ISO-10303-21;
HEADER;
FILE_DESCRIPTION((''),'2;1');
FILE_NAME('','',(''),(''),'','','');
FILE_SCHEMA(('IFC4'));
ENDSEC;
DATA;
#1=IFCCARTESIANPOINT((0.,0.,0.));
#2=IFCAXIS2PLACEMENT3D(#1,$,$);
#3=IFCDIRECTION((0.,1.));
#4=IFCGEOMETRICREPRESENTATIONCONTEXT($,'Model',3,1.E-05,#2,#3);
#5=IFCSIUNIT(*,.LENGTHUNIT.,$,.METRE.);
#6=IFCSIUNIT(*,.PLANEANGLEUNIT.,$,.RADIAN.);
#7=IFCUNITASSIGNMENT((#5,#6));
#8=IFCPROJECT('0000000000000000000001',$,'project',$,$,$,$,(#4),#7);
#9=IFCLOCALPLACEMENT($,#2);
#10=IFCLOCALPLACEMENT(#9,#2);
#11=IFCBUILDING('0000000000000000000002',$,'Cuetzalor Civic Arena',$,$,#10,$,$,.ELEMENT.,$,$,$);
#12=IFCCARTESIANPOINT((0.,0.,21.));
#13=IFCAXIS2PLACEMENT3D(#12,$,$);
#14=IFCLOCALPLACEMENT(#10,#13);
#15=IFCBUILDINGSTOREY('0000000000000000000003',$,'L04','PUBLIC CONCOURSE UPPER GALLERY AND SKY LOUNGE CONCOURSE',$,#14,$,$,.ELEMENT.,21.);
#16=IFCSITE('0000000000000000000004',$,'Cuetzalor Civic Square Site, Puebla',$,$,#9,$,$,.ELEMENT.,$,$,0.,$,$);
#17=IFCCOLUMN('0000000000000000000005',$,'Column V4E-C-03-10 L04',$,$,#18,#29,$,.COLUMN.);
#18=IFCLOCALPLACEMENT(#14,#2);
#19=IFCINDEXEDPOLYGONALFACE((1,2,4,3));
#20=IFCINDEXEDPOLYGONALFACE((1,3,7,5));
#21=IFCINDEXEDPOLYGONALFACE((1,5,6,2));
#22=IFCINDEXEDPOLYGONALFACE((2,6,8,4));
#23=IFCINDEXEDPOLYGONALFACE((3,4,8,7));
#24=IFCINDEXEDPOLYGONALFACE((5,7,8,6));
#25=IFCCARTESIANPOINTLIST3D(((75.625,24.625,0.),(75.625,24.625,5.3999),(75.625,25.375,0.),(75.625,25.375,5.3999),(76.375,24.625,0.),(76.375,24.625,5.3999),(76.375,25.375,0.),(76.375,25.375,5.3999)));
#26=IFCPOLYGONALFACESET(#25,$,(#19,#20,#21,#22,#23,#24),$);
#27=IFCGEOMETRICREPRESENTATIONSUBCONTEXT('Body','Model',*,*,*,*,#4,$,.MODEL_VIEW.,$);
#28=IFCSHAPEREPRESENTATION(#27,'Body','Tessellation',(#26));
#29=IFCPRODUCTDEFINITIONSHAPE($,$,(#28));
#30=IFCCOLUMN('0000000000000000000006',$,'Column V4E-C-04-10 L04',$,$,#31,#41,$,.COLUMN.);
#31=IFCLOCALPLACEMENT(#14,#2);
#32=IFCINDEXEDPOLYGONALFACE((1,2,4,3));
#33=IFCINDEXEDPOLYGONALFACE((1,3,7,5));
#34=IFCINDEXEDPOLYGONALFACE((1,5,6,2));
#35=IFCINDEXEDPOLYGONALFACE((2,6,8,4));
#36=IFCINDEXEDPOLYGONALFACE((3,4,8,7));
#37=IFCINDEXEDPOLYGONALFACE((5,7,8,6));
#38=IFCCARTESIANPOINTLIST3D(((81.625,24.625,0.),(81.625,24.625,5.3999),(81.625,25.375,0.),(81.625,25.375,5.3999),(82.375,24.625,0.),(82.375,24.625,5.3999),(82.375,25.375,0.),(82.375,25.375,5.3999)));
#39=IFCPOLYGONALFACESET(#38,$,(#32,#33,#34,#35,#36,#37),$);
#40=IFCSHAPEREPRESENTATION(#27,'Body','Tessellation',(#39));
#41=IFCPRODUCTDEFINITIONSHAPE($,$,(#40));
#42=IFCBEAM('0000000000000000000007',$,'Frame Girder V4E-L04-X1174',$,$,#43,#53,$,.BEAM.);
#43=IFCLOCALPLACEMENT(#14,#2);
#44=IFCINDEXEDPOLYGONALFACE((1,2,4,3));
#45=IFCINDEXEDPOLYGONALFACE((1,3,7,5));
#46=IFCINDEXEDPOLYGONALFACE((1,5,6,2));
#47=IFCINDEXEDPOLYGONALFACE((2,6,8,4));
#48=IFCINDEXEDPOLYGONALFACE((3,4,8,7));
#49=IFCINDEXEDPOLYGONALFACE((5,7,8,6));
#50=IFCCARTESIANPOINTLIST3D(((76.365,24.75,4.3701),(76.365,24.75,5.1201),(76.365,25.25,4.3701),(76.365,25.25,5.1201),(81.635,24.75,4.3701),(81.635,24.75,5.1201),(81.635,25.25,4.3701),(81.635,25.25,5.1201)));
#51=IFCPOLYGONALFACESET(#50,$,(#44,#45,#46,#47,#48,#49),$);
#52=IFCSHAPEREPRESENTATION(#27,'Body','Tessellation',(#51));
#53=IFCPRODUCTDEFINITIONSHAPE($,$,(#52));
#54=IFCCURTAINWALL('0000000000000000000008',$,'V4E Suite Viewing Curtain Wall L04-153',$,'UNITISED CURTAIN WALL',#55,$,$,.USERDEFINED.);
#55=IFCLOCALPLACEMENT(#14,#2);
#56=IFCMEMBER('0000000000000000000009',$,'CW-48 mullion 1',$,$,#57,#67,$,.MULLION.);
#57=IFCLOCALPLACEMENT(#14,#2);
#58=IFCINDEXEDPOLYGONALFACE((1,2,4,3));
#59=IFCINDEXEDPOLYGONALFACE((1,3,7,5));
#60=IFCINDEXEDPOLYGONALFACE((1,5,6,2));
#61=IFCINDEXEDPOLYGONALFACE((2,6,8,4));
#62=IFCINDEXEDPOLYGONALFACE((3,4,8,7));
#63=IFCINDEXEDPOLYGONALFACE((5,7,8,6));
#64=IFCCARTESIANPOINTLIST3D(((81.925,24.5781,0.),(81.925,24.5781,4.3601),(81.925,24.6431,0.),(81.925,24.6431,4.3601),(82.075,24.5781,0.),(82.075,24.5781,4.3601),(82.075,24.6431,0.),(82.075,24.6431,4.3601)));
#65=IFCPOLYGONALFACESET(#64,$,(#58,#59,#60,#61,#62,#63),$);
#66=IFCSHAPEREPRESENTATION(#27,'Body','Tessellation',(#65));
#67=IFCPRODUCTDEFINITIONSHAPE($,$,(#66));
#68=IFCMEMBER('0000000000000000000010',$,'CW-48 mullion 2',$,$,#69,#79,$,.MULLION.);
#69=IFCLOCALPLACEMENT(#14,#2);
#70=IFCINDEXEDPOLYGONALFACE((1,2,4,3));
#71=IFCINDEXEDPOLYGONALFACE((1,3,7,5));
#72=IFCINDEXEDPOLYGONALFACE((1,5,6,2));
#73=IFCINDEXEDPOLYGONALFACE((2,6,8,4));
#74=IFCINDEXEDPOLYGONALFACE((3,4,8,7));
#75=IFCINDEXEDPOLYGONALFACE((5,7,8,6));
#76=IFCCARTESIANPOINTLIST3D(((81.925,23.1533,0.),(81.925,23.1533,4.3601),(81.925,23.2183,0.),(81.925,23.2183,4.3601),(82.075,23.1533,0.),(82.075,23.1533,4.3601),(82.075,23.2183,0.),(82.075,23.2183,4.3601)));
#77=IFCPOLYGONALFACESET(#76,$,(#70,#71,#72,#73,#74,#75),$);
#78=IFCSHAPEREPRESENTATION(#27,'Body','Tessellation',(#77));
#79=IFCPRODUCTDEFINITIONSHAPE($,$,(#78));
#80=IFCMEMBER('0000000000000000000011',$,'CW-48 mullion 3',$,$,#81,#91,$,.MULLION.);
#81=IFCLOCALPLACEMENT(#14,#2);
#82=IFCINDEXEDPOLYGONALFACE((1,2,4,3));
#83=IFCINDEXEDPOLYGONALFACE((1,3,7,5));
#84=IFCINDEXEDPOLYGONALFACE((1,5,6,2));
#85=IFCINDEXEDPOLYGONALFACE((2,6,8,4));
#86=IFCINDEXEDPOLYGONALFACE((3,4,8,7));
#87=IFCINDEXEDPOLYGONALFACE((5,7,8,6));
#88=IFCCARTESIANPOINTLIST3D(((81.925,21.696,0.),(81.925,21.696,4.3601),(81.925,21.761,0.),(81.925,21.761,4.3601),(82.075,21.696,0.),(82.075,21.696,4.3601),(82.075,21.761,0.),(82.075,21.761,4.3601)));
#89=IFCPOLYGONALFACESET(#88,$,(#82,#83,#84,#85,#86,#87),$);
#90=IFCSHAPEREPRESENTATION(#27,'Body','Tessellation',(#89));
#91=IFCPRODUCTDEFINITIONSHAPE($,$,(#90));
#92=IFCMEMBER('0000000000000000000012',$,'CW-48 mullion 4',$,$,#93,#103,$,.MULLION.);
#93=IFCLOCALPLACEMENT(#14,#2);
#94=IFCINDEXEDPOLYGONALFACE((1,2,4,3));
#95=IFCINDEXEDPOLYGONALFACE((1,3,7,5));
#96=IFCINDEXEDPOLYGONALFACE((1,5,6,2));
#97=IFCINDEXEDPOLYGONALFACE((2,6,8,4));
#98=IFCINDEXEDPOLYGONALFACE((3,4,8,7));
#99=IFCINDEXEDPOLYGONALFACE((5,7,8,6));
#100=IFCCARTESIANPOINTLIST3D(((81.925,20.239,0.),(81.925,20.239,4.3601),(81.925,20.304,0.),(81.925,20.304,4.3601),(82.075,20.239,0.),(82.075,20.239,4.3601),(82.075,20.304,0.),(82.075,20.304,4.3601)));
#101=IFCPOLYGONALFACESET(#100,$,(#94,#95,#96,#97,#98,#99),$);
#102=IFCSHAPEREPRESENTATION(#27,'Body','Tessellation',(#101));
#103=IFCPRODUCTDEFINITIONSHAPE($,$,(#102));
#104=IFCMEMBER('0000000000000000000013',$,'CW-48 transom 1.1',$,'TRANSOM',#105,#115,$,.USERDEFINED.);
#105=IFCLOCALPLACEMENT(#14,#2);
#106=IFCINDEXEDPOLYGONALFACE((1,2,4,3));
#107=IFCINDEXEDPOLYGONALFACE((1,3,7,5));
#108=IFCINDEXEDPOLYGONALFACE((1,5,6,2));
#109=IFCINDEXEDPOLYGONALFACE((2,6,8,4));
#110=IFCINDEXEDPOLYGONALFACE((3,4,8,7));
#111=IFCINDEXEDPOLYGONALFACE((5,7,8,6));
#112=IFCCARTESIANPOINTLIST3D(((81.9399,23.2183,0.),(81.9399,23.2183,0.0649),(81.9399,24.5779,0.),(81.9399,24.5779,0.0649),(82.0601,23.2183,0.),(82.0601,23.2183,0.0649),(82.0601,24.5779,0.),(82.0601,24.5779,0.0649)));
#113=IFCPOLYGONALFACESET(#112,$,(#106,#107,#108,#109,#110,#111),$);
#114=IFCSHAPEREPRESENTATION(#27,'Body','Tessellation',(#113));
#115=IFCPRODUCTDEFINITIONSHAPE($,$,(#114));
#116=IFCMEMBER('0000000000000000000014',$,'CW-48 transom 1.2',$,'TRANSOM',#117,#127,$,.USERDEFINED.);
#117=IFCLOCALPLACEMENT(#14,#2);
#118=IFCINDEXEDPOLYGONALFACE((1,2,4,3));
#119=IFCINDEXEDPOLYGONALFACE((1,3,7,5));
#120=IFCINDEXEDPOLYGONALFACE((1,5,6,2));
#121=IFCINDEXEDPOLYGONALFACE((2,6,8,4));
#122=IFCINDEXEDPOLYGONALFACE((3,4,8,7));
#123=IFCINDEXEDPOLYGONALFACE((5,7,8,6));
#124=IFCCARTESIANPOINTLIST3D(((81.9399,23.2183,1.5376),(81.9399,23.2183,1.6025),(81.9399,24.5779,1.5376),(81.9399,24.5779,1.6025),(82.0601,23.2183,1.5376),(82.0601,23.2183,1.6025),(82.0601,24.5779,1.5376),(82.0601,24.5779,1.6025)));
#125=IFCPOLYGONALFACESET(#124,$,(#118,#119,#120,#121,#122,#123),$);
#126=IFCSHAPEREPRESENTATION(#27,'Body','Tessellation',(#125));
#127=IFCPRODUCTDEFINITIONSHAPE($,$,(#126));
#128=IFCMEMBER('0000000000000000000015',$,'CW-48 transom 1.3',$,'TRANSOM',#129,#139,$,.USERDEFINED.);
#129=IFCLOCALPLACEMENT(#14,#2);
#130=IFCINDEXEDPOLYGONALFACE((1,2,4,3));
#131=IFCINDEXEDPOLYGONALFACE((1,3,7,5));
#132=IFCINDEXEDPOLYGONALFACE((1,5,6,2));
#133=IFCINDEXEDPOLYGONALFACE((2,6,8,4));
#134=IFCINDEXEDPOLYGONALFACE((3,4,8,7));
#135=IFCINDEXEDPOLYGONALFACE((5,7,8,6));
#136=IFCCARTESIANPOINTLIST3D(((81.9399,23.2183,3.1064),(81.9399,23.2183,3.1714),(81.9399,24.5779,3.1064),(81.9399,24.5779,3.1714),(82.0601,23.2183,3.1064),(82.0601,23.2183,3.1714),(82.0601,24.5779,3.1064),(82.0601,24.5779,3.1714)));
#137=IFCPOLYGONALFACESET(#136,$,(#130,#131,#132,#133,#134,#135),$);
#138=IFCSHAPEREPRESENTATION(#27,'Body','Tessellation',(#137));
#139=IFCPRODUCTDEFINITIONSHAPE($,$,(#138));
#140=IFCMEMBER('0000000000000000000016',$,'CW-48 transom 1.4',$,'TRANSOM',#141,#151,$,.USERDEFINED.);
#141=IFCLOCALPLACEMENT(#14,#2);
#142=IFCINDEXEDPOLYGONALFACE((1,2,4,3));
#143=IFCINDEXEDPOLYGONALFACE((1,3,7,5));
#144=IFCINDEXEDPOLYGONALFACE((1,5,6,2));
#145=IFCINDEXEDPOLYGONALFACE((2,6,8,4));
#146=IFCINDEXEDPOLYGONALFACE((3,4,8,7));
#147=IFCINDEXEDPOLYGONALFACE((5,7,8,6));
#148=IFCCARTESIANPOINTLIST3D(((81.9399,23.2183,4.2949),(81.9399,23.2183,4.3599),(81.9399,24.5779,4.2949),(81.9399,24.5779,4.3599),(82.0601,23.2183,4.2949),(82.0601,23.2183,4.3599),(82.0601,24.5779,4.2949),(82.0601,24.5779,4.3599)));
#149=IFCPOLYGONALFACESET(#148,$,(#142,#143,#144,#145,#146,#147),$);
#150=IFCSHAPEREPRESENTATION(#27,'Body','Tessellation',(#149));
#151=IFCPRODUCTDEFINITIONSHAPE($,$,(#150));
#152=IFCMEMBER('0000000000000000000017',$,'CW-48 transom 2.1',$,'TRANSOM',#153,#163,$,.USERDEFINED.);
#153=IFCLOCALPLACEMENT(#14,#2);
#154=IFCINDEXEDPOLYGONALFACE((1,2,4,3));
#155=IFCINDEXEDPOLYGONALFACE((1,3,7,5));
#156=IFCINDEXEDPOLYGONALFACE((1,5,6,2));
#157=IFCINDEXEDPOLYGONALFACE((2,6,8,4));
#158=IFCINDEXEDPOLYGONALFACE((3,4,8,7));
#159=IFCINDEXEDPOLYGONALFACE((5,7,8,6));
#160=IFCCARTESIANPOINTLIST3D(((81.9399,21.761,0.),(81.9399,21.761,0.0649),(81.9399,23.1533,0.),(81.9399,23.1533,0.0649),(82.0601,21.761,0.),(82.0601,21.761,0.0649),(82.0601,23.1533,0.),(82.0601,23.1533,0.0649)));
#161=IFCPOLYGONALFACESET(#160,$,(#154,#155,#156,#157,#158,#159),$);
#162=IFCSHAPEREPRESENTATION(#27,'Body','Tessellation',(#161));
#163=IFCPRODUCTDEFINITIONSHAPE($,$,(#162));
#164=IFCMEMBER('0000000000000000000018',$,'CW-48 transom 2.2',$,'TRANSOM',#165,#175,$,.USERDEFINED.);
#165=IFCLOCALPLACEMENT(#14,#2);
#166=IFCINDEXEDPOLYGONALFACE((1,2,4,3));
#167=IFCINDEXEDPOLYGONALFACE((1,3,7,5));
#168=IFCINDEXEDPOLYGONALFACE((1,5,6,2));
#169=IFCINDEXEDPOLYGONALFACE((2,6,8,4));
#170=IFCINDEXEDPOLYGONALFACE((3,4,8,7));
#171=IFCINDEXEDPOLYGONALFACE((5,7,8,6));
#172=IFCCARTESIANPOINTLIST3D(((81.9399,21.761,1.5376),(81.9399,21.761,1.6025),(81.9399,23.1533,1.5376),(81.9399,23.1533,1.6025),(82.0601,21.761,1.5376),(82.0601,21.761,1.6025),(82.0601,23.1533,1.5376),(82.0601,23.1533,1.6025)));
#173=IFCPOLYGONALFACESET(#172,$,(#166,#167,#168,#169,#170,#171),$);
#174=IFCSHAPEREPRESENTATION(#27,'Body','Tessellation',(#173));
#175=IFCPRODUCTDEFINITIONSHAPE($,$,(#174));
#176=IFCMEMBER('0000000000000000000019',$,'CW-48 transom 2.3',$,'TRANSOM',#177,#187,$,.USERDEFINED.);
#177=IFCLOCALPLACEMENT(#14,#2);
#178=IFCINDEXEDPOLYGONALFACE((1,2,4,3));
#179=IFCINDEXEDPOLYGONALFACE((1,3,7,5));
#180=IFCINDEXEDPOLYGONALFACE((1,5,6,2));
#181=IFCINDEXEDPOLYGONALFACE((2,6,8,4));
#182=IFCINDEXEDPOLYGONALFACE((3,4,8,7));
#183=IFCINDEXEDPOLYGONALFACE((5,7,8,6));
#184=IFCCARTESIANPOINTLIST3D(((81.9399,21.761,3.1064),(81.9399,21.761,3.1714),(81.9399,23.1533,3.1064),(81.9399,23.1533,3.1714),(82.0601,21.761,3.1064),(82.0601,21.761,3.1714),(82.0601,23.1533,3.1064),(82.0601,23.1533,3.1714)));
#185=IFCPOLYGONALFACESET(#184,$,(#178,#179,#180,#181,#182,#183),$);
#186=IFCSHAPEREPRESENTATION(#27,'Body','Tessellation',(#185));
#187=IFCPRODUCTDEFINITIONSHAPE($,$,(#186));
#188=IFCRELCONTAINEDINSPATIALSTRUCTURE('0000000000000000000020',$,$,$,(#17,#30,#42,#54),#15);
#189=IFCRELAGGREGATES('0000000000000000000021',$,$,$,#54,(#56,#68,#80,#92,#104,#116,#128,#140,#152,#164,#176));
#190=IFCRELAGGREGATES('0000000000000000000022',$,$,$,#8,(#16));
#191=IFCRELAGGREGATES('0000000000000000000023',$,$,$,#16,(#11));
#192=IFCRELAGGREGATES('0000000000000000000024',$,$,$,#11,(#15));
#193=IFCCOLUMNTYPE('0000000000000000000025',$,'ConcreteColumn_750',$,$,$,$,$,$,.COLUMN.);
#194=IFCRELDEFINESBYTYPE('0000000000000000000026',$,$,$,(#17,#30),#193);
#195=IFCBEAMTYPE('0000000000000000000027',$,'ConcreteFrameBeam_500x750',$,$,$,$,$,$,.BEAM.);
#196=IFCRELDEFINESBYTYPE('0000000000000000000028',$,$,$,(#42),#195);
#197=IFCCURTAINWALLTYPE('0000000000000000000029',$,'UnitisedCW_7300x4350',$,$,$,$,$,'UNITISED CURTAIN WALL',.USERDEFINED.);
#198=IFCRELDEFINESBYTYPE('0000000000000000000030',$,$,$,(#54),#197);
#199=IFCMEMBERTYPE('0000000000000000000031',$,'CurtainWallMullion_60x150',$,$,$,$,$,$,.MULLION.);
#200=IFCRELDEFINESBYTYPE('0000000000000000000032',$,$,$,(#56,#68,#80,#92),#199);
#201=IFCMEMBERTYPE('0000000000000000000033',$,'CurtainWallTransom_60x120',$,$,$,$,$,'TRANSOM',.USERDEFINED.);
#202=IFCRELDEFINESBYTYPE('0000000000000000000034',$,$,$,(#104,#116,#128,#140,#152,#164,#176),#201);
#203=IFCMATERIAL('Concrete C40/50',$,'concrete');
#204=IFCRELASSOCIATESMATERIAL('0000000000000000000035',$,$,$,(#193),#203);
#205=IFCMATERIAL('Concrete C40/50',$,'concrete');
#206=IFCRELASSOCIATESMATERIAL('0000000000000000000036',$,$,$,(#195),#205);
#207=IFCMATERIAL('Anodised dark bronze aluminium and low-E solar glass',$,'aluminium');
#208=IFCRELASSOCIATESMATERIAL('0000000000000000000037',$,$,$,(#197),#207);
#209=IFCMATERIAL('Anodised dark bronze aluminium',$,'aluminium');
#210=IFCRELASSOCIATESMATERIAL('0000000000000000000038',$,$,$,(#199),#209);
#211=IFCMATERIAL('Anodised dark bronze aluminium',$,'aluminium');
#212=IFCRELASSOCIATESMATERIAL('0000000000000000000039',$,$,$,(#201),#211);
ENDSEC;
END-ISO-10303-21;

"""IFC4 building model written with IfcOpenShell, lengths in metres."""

from ifc_helpers import new_model, si_unit, direction, frame, origin, origin_2d, place, context, subcontext, project, spatial, rectangle, extrude, material, material_profile, profile_set, type_object, element, aggregate, save


model = new_model("IFC4")

# Units and contexts
model_context = context("Model", 3, precision=1e-05, world=origin(), true_north=direction((0.0, 1.0)))
body_context = subcontext(model_context, "Body", "Model", "MODEL_VIEW")
ifc_project = project(units=[si_unit("LENGTHUNIT", "METRE"), si_unit("PLANEANGLEUNIT", "RADIAN")], contexts=[model_context])

# Site, building, storey
site_placement = place(None, origin())
site = spatial("IfcSite", under=ifc_project, at=site_placement, Name="Cuetzalor Civic Square Site, Puebla", CompositionType="ELEMENT", RefElevation=0.0)
building_placement = place(site_placement, origin())
building = spatial("IfcBuilding", under=site, at=building_placement, Name="Cuetzalor Civic Arena", CompositionType="ELEMENT")
storey_placement = place(building_placement, frame((0.0, 0.0, 21.0)))
storey = spatial("IfcBuildingStorey", under=building, at=storey_placement, Name="L04", Description="PUBLIC CONCOURSE UPPER GALLERY AND SKY LOUNGE CONCOURSE", CompositionType="ELEMENT", Elevation=21.0)

# Columns
ifc_material_1 = material(Name="Concrete C40/50", Category="concrete")
ifc_material_profile_1 = material_profile(ifc_material_1, rectangle(XDim=0.75, YDim=0.75, at=origin_2d()), Name="RC 750x750")
ifc_profile_set_1 = profile_set([ifc_material_profile_1], Name="Concrete C40/50")
column_type = type_object("IfcColumnType", Name="ConcreteColumn_750", PredefinedType="COLUMN", material=ifc_profile_set_1)
for number, where, z_axis, x_axis, name in (
    (1, (76.0, 25.0, 0.0), (0.0, 0.0, 1.0), (1.0, 0.0, 0.0), "Column V4E-C-03-10 L04"),
    (2, (82.0, 25.0, 0.0), (0.0, 0.0, 1.0), (1.0, 0.0, 0.0), "Column V4E-C-04-10 L04"),
):
    element("IfcColumn", number, at=place(storey_placement, frame(where, z_axis=z_axis, x_axis=x_axis)), inside=storey, type_object=column_type, Name=name, PredefinedType="COLUMN", context=body_context, shape_type="SweptSolid", body=[
        extrude(rectangle(XDim=0.75, YDim=0.75, at=origin_2d()), origin(), (0.0, 0.0, 1.0), 5.3999),
    ])

# Beam
ifc_material_2 = material(Name="Concrete C40/50", Category="concrete")
ifc_material_profile_2 = material_profile(ifc_material_2, rectangle(XDim=0.5, YDim=0.75, at=origin_2d()), Name="RC 500x750")
ifc_profile_set_2 = profile_set([ifc_material_profile_2], Name="Concrete C40/50")
beam_type_1 = type_object("IfcBeamType", Name="ConcreteFrameBeam_500x750", PredefinedType="BEAM", material=ifc_profile_set_2)
beam_1_placement = place(storey_placement, frame((76.365, 25.0, 4.7451), z_axis=(1.0, 0.0, 0.0), x_axis=(0.0, 1.0, 0.0)))
element("IfcBeam", 3, at=beam_1_placement, inside=storey, type_object=beam_type_1, Name="Frame Girder V4E-L04-X1174", PredefinedType="BEAM", context=body_context, shape_type="SweptSolid", body=[
    extrude(rectangle(XDim=0.5, YDim=0.75, at=origin_2d()), origin(), (0.0, 0.0, 1.0), 5.27),
])

# Curtain wall, members
ifc_material_3 = material(Name="Anodised dark bronze aluminium and low-E solar glass", Category="aluminium")
curtain_wall_type = type_object("IfcCurtainWallType", Name="UnitisedCW_7300x4350", ElementType="UNITISED CURTAIN WALL", PredefinedType="USERDEFINED", material=ifc_material_3)
curtain_wall_placement = place(storey_placement, origin())
curtain_wall = element("IfcCurtainWall", 4, at=curtain_wall_placement, inside=storey, type_object=curtain_wall_type, Name="V4E Suite Viewing Curtain Wall L04-153", ObjectType="UNITISED CURTAIN WALL", PredefinedType="USERDEFINED")
ifc_material_4 = material(Name="Anodised dark bronze aluminium", Category="aluminium")
ifc_material_profile_3 = material_profile(ifc_material_4, rectangle(XDim=0.0649, YDim=0.1499, at=origin_2d()), Name="ALU MULLION 65x150")
ifc_profile_set_3 = profile_set([ifc_material_profile_3], Name="Anodised dark bronze aluminium")
member_type_1 = type_object("IfcMemberType", Name="CurtainWallMullion_60x150", PredefinedType="MULLION", material=ifc_profile_set_3)
member_1_placement = place(storey_placement, frame((82.0, 24.6106, 0.0), z_axis=(0.0, 0.0, 1.0), x_axis=(0.0, -1.0, 0.0)))
member_1 = element("IfcMember", 5, at=member_1_placement, type_object=member_type_1, Name="CW-48 mullion 1", PredefinedType="MULLION", context=body_context, shape_type="SweptSolid", body=[
    extrude(rectangle(XDim=0.0649, YDim=0.1499, at=origin_2d()), origin(), (0.0, 0.0, 1.0), 4.3601),
])
member_2_placement = place(storey_placement, frame((82.0, 23.1858, 0.0), z_axis=(0.0, 0.0, 1.0), x_axis=(0.0, -1.0, 0.0)))
member_2 = element("IfcMember", 6, at=member_2_placement, type_object=member_type_1, Name="CW-48 mullion 2", PredefinedType="MULLION", context=body_context, shape_type="SweptSolid", body=[
    extrude(rectangle(XDim=0.0649, YDim=0.1499, at=origin_2d()), origin(), (0.0, 0.0, 1.0), 4.3601),
])
member_3_placement = place(storey_placement, frame((82.0, 21.7285, 0.0), z_axis=(0.0, 0.0, 1.0), x_axis=(0.0, -1.0, 0.0)))
member_3 = element("IfcMember", 7, at=member_3_placement, type_object=member_type_1, Name="CW-48 mullion 3", PredefinedType="MULLION", context=body_context, shape_type="SweptSolid", body=[
    extrude(rectangle(XDim=0.0649, YDim=0.1499, at=origin_2d()), origin(), (0.0, 0.0, 1.0), 4.3601),
])
member_4_placement = place(storey_placement, frame((82.0, 20.2715, 0.0), z_axis=(0.0, 0.0, 1.0), x_axis=(0.0, -1.0, 0.0)))
member_4 = element("IfcMember", 8, at=member_4_placement, type_object=member_type_1, Name="CW-48 mullion 4", PredefinedType="MULLION", context=body_context, shape_type="SweptSolid", body=[
    extrude(rectangle(XDim=0.0649, YDim=0.1499, at=origin_2d()), origin(), (0.0, 0.0, 1.0), 4.3601),
])
ifc_material_5 = material(Name="Anodised dark bronze aluminium", Category="aluminium")
ifc_material_profile_4 = material_profile(ifc_material_5, rectangle(XDim=0.1201, YDim=0.0649, at=origin_2d()), Name="ALU TRANSOM 65x120")
ifc_profile_set_4 = profile_set([ifc_material_profile_4], Name="Anodised dark bronze aluminium")
member_type_2 = type_object("IfcMemberType", Name="CurtainWallTransom_60x120", ElementType="TRANSOM", PredefinedType="USERDEFINED", material=ifc_profile_set_4)
member_5_placement = place(storey_placement, frame((82.0, 24.5779, 0.0325), z_axis=(0.0, -1.0, 0.0), x_axis=(1.0, 0.0, 0.0)))
member_5 = element("IfcMember", 9, at=member_5_placement, type_object=member_type_2, Name="CW-48 transom 1.1", ObjectType="TRANSOM", PredefinedType="USERDEFINED", context=body_context, shape_type="SweptSolid", body=[
    extrude(rectangle(XDim=0.1201, YDim=0.0649, at=origin_2d()), origin(), (0.0, 0.0, 1.0), 1.3596),
])
member_6_placement = place(storey_placement, frame((82.0, 24.5779, 1.5701), z_axis=(0.0, -1.0, 0.0), x_axis=(1.0, 0.0, 0.0)))
member_6 = element("IfcMember", 10, at=member_6_placement, type_object=member_type_2, Name="CW-48 transom 1.2", ObjectType="TRANSOM", PredefinedType="USERDEFINED", context=body_context, shape_type="SweptSolid", body=[
    extrude(rectangle(XDim=0.1201, YDim=0.0649, at=origin_2d()), origin(), (0.0, 0.0, 1.0), 1.3596),
])
member_7_placement = place(storey_placement, frame((82.0, 24.5779, 3.1389), z_axis=(0.0, -1.0, 0.0), x_axis=(1.0, 0.0, 0.0)))
member_7 = element("IfcMember", 11, at=member_7_placement, type_object=member_type_2, Name="CW-48 transom 1.3", ObjectType="TRANSOM", PredefinedType="USERDEFINED", context=body_context, shape_type="SweptSolid", body=[
    extrude(rectangle(XDim=0.1201, YDim=0.0649, at=origin_2d()), origin(), (0.0, 0.0, 1.0), 1.3596),
])
member_8_placement = place(storey_placement, frame((82.0, 24.5779, 4.3274), z_axis=(0.0, -1.0, 0.0), x_axis=(1.0, 0.0, 0.0)))
member_8 = element("IfcMember", 12, at=member_8_placement, type_object=member_type_2, Name="CW-48 transom 1.4", ObjectType="TRANSOM", PredefinedType="USERDEFINED", context=body_context, shape_type="SweptSolid", body=[
    extrude(rectangle(XDim=0.1201, YDim=0.0649, at=origin_2d()), origin(), (0.0, 0.0, 1.0), 1.3596),
])
member_9_placement = place(storey_placement, frame((82.0, 23.1533, 0.0325), z_axis=(0.0, -1.0, 0.0), x_axis=(1.0, 0.0, 0.0)))
member_9 = element("IfcMember", 13, at=member_9_placement, type_object=member_type_2, Name="CW-48 transom 2.1", ObjectType="TRANSOM", PredefinedType="USERDEFINED", context=body_context, shape_type="SweptSolid", body=[
    extrude(rectangle(XDim=0.1201, YDim=0.0649, at=origin_2d()), origin(), (0.0, 0.0, 1.0), 1.3923),
])
member_10_placement = place(storey_placement, frame((82.0, 23.1533, 1.5701), z_axis=(0.0, -1.0, 0.0), x_axis=(1.0, 0.0, 0.0)))
member_10 = element("IfcMember", 14, at=member_10_placement, type_object=member_type_2, Name="CW-48 transom 2.2", ObjectType="TRANSOM", PredefinedType="USERDEFINED", context=body_context, shape_type="SweptSolid", body=[
    extrude(rectangle(XDim=0.1201, YDim=0.0649, at=origin_2d()), origin(), (0.0, 0.0, 1.0), 1.3923),
])
member_11_placement = place(storey_placement, frame((82.0, 23.1533, 3.1389), z_axis=(0.0, -1.0, 0.0), x_axis=(1.0, 0.0, 0.0)))
member_11 = element("IfcMember", 15, at=member_11_placement, type_object=member_type_2, Name="CW-48 transom 2.3", ObjectType="TRANSOM", PredefinedType="USERDEFINED", context=body_context, shape_type="SweptSolid", body=[
    extrude(rectangle(XDim=0.1201, YDim=0.0649, at=origin_2d()), origin(), (0.0, 0.0, 1.0), 1.3923),
])

aggregate(curtain_wall, [member_1, member_2, member_3, member_4, member_5, member_6, member_7, member_8, member_9, member_10, member_11])

save(model, "model.ifc")
